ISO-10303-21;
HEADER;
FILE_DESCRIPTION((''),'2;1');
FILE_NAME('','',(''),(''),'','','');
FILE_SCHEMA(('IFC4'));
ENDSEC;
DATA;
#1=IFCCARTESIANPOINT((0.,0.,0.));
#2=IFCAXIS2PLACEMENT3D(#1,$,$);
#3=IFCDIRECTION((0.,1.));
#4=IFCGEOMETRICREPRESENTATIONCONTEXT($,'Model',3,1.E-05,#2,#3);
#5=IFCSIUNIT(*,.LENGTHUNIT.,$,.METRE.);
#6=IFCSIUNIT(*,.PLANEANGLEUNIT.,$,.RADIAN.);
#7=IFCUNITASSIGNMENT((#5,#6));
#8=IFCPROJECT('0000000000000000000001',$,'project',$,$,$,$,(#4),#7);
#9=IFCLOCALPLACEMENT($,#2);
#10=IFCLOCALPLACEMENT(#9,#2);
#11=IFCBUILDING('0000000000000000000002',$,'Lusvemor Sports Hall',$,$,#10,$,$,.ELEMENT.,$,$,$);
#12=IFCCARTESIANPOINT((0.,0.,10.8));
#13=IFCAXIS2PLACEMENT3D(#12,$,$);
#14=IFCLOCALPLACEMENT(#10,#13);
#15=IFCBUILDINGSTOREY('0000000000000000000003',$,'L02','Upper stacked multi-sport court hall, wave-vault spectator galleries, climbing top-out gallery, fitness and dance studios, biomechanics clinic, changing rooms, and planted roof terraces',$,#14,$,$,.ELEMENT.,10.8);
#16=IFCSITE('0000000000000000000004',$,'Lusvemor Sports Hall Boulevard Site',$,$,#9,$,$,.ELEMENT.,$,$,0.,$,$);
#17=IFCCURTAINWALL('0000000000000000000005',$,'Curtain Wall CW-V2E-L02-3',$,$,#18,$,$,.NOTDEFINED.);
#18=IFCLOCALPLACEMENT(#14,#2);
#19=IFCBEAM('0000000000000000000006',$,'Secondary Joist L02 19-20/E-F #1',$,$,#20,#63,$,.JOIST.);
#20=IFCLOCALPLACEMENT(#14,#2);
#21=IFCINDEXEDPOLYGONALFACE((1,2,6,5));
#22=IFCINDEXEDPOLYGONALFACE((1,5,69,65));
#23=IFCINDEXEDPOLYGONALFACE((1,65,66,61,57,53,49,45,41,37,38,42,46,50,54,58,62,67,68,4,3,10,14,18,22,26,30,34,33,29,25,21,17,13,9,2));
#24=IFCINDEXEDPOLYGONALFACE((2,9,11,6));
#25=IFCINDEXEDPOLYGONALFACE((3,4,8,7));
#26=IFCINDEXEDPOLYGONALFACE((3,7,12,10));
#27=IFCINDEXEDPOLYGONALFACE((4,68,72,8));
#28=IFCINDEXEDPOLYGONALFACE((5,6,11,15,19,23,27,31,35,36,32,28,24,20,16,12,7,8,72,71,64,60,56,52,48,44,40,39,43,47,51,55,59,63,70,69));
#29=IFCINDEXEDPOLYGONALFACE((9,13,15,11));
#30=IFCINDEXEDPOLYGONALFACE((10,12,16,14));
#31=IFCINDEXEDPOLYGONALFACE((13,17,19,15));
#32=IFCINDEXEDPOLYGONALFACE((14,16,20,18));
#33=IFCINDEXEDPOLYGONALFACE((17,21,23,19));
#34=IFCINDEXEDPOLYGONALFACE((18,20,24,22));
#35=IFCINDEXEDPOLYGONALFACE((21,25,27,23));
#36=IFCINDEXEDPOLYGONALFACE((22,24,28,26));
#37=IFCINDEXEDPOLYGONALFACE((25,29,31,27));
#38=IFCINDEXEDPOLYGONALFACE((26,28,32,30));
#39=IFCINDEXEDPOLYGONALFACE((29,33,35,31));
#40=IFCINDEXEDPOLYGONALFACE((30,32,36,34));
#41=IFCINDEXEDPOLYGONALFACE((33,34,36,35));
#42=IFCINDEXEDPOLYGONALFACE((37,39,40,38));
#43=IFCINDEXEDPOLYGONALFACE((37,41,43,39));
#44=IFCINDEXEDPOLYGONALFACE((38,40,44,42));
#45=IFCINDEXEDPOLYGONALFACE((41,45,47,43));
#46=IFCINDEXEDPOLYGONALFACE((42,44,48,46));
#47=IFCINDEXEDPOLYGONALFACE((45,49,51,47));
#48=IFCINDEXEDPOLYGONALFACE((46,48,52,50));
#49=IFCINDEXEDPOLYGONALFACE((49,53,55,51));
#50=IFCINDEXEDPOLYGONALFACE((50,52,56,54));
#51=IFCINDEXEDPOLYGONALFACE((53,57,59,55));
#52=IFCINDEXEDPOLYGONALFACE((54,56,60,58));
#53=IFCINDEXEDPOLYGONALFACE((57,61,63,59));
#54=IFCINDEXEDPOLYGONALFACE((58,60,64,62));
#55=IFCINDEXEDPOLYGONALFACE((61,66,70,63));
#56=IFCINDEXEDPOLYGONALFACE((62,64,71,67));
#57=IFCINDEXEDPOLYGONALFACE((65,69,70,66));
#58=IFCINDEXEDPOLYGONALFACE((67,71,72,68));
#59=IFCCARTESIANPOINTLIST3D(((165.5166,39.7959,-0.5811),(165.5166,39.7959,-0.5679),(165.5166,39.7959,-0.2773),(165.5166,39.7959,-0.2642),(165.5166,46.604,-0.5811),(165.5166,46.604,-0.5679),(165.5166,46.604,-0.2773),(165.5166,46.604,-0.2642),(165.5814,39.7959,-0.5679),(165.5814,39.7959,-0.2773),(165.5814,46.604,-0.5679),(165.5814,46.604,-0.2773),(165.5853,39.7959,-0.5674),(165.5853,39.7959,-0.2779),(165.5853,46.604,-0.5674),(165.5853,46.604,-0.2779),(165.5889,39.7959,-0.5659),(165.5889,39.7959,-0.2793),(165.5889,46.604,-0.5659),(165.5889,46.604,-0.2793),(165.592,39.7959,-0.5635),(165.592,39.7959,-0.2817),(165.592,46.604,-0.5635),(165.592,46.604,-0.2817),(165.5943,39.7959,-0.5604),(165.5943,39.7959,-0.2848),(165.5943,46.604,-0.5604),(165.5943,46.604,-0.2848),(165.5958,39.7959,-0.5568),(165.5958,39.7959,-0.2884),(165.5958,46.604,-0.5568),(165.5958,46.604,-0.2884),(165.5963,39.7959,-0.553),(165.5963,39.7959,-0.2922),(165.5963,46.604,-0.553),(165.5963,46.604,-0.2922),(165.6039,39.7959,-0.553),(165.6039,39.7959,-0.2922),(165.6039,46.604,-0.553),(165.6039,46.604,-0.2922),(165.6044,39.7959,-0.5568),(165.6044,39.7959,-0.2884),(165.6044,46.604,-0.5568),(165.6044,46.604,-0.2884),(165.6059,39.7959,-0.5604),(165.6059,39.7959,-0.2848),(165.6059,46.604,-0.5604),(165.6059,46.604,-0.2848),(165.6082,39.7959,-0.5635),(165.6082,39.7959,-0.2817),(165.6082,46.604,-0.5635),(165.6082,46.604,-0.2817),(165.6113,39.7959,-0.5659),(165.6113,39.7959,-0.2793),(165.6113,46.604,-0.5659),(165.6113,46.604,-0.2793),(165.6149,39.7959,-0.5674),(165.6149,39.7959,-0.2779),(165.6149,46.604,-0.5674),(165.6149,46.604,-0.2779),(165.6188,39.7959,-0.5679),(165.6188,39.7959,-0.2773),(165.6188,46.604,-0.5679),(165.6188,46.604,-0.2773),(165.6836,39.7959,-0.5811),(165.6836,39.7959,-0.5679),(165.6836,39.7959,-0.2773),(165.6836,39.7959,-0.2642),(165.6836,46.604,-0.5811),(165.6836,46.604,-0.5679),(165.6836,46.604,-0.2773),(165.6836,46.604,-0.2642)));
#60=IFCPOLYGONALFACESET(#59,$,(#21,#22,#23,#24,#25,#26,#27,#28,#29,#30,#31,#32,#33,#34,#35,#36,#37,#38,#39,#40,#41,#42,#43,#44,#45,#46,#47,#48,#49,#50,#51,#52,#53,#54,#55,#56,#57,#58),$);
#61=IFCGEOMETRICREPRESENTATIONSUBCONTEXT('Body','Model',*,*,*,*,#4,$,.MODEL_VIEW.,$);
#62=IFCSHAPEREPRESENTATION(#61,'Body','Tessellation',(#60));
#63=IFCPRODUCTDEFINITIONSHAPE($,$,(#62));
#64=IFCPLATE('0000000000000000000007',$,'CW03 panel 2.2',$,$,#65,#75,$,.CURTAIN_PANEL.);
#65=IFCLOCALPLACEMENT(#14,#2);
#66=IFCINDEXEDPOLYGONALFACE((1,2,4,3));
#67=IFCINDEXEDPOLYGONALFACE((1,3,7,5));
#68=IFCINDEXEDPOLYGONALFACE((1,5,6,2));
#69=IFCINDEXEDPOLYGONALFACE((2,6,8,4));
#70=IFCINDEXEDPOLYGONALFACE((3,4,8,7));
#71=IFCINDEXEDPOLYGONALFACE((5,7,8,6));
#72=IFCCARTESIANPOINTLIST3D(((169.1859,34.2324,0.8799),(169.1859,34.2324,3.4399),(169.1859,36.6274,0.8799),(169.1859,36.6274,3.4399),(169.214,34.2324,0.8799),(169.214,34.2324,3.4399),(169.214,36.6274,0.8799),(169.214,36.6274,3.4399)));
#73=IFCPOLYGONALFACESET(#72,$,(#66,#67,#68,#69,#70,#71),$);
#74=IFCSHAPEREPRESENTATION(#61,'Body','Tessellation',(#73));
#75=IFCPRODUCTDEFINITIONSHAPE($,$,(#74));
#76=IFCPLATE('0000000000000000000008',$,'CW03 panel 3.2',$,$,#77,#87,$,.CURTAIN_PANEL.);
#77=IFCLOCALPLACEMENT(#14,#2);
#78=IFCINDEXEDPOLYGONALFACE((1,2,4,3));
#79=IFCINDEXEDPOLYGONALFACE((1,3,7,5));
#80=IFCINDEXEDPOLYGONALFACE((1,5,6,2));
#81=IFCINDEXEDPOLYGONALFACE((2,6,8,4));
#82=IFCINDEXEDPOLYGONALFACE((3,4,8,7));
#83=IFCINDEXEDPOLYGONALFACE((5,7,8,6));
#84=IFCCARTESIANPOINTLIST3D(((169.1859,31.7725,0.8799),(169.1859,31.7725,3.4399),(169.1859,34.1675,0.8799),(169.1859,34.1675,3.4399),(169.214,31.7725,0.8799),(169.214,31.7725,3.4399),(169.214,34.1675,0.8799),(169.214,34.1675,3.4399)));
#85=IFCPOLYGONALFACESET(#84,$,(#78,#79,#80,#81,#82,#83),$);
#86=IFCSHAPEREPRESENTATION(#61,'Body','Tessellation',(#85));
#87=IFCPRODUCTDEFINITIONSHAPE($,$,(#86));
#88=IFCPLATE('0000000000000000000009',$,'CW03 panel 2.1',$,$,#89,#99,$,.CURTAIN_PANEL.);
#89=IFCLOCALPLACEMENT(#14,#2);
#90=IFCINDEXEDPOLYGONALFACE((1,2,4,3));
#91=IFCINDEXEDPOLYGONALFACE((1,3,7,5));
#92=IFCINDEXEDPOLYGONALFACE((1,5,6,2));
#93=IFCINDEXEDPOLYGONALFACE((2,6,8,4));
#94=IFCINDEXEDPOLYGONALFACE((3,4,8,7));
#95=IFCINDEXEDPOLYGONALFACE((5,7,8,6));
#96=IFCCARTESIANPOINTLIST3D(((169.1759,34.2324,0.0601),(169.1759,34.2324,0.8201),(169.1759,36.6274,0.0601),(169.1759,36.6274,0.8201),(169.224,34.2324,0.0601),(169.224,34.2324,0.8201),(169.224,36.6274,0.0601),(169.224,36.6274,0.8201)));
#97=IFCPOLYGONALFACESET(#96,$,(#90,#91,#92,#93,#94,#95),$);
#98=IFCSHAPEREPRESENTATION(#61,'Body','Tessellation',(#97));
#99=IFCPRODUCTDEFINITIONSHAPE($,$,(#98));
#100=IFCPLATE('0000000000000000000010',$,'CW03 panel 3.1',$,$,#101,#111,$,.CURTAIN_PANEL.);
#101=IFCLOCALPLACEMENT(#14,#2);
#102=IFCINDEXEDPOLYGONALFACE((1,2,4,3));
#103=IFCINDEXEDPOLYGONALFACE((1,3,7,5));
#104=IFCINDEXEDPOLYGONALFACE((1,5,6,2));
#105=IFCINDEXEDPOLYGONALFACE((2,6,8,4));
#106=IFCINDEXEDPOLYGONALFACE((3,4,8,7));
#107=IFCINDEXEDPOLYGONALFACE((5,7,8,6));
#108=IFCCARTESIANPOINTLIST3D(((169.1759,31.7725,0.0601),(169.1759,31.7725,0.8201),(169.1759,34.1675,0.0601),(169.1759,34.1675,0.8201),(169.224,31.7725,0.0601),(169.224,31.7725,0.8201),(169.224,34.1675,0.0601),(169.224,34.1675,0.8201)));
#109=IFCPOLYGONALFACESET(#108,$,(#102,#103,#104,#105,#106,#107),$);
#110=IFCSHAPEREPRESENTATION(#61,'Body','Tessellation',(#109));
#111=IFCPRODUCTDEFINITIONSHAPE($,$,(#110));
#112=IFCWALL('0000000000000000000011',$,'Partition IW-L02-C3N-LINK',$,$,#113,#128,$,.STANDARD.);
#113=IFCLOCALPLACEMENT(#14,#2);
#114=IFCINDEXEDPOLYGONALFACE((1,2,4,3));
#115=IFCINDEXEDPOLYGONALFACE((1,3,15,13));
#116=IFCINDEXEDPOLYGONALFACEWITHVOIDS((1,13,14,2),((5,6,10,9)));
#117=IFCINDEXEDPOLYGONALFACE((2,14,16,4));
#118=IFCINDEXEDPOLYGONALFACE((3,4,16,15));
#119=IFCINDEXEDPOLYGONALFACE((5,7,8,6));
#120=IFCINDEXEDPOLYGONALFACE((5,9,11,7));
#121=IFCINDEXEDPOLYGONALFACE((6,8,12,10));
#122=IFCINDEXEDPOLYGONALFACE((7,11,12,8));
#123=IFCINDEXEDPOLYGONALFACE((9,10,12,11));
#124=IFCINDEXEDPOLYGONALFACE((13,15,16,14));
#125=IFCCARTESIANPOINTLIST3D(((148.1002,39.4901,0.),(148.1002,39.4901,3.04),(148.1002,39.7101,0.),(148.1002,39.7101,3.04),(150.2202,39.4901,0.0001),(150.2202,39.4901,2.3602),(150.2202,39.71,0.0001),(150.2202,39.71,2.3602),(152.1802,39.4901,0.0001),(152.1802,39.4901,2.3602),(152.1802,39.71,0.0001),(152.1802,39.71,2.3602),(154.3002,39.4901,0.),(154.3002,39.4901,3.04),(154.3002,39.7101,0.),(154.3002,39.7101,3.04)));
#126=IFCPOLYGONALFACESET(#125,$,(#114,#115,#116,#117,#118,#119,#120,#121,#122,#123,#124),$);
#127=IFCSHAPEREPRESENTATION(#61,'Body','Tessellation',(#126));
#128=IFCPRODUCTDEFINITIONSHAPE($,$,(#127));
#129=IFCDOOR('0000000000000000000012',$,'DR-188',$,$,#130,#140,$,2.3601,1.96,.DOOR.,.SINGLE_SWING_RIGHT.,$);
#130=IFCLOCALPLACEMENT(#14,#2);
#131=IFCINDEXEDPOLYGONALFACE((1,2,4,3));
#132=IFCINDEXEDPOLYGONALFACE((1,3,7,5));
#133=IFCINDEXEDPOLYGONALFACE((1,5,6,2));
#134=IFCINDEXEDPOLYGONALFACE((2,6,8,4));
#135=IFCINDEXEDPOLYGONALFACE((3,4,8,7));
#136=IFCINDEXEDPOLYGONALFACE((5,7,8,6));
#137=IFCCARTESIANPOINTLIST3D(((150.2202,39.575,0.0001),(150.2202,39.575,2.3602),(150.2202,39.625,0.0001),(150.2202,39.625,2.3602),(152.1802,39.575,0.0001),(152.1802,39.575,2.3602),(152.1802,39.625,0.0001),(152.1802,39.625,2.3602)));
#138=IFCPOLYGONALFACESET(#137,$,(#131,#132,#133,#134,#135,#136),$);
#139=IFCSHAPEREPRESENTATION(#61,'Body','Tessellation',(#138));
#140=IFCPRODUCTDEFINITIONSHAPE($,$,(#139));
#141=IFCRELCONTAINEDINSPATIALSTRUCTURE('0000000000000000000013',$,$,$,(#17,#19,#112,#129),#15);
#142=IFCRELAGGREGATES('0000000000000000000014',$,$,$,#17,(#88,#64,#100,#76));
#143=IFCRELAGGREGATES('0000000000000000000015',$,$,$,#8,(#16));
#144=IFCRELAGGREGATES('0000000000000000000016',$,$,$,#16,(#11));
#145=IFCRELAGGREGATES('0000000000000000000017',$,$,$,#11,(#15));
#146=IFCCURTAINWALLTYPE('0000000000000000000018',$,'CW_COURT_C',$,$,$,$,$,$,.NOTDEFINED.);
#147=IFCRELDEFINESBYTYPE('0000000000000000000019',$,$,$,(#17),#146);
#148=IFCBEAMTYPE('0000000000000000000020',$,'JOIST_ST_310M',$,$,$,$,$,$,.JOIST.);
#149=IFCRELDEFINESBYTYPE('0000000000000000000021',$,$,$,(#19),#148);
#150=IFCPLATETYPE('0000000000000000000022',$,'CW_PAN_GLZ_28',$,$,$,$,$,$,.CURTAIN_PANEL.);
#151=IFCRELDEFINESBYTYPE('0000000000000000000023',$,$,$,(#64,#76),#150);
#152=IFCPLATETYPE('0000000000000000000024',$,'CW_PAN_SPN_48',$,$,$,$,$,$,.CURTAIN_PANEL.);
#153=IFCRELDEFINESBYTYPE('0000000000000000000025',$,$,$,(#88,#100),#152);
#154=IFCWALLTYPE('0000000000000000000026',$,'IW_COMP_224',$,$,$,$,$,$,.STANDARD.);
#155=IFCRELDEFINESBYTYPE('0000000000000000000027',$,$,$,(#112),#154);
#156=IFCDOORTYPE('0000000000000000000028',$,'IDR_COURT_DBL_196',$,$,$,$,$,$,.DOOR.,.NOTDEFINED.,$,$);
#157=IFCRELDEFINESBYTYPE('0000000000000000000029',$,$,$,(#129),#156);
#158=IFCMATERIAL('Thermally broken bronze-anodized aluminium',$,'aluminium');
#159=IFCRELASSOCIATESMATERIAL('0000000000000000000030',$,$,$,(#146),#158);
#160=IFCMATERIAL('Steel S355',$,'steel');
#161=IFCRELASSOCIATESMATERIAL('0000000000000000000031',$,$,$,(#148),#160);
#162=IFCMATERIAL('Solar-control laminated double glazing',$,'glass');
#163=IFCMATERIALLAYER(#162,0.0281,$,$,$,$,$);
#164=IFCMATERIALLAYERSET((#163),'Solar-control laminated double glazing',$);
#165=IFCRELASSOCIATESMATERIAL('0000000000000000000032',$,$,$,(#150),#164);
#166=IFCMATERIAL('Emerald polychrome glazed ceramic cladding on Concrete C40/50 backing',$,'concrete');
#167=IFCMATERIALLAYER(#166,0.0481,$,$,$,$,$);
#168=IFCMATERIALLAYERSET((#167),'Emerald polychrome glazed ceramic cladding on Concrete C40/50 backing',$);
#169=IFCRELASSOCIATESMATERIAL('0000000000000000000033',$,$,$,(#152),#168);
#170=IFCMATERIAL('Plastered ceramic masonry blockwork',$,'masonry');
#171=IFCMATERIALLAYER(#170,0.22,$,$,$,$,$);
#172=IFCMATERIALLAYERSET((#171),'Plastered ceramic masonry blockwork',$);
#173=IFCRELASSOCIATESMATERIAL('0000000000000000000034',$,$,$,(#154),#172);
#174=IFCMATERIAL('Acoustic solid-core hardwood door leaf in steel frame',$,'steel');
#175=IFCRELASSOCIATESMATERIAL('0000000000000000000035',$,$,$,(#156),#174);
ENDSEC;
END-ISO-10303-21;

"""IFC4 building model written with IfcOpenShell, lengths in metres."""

from ifc_helpers import new_model, si_unit, direction, frame, frame_2d, origin, origin_2d, place, context, subcontext, project, spatial, rectangle, i_section, extrude, material, layer, layer_set, material_profile, profile_set, type_object, element, fill, aggregate, save


model = new_model("IFC4")

# Units and contexts
model_context = context("Model", 3, precision=1e-05, world=origin(), true_north=direction((0.0, 1.0)))
body_context = subcontext(model_context, "Body", "Model", "MODEL_VIEW")
ifc_project = project(units=[si_unit("LENGTHUNIT", "METRE"), si_unit("PLANEANGLEUNIT", "RADIAN")], contexts=[model_context])

# Site, building, storey
site_placement = place(None, origin())
site = spatial("IfcSite", under=ifc_project, at=site_placement, Name="Lusvemor Sports Hall Boulevard Site", CompositionType="ELEMENT", RefElevation=0.0)
building_placement = place(site_placement, origin())
building = spatial("IfcBuilding", under=site, at=building_placement, Name="Lusvemor Sports Hall", CompositionType="ELEMENT")
storey_placement = place(building_placement, frame((0.0, 0.0, 10.8)))
storey = spatial("IfcBuildingStorey", under=building, at=storey_placement, Name="L02", Description="Upper stacked multi-sport court hall, wave-vault spectator galleries, climbing top-out gallery, fitness and dance studios, biomechanics clinic, changing rooms, and planted roof terraces", CompositionType="ELEMENT", Elevation=10.8)

# Curtain wall
ifc_material_1 = material(Name="Thermally broken bronze-anodized aluminium", Category="aluminium")
curtain_wall_type = type_object("IfcCurtainWallType", Name="CW_COURT_C", PredefinedType="NOTDEFINED", material=ifc_material_1)
curtain_wall_placement = place(storey_placement, origin())
curtain_wall = element("IfcCurtainWall", 1, at=curtain_wall_placement, inside=storey, type_object=curtain_wall_type, Name="Curtain Wall CW-V2E-L02-3", PredefinedType="NOTDEFINED")

# Beam
ifc_material_2 = material(Name="Steel S355", Category="steel")
ifc_material_profile_1 = material_profile(ifc_material_2, i_section(OverallWidth=0.167, OverallDepth=0.3169, WebThickness=0.0076, FlangeThickness=0.0132, FilletRadius=0.0149, at=origin_2d()), Name="W310x52.0")
ifc_profile_set_1 = profile_set([ifc_material_profile_1], Name="Steel S355")
beam_type_1 = type_object("IfcBeamType", Name="JOIST_ST_310M", PredefinedType="JOIST", material=ifc_profile_set_1)
for number, where, z_axis, x_axis, name in (
    (2, (165.6001, 39.7959, -0.4226), (0.0, 1.0, 0.0), (-1.0, 0.0, 0.0), "Secondary Joist L02 19-20/E-F #1"),
):
    element("IfcBeam", number, at=place(storey_placement, frame(where, z_axis=z_axis, x_axis=x_axis)), inside=storey, type_object=beam_type_1, Name=name, PredefinedType="JOIST", context=body_context, shape_type="SweptSolid", body=[
        extrude(i_section(OverallWidth=0.167, OverallDepth=0.3169, WebThickness=0.0076, FlangeThickness=0.0132, FilletRadius=0.0149, at=origin_2d()), origin(), (0.0, 0.0, 1.0), 6.8081),
    ])

# Plates
ifc_material_3 = material(Name="Solar-control laminated double glazing", Category="glass")
ifc_layer_1 = layer(ifc_material_3, 0.0281)
ifc_layer_set_1 = layer_set([ifc_layer_1], Name="Solar-control laminated double glazing")
plate_type_1 = type_object("IfcPlateType", Name="CW_PAN_GLZ_28", PredefinedType="CURTAIN_PANEL", material=ifc_layer_set_1)
plate_1_placement = place(storey_placement, frame((169.2, 35.4299, 0.8799), z_axis=(0.0, 0.0, 1.0), x_axis=(0.0, -1.0, 0.0)))
plate_1 = element("IfcPlate", 3, at=plate_1_placement, type_object=plate_type_1, Name="CW03 panel 2.2", PredefinedType="CURTAIN_PANEL", context=body_context, shape_type="SweptSolid", body=[
    extrude(rectangle(XDim=2.395, YDim=0.0281, at=origin_2d()), origin(), (0.0, 0.0, 1.0), 2.5601),
])
plate_2_placement = place(storey_placement, frame((169.2, 32.97, 0.8799), z_axis=(0.0, 0.0, 1.0), x_axis=(0.0, -1.0, 0.0)))
plate_2 = element("IfcPlate", 4, at=plate_2_placement, type_object=plate_type_1, Name="CW03 panel 3.2", PredefinedType="CURTAIN_PANEL", context=body_context, shape_type="SweptSolid", body=[
    extrude(rectangle(XDim=2.395, YDim=0.0281, at=origin_2d()), origin(), (0.0, 0.0, 1.0), 2.5601),
])
ifc_material_4 = material(Name="Emerald polychrome glazed ceramic cladding on Concrete C40/50 backing", Category="concrete")
ifc_layer_2 = layer(ifc_material_4, 0.0481)
ifc_layer_set_2 = layer_set([ifc_layer_2], Name="Emerald polychrome glazed ceramic cladding on Concrete C40/50 backing")
plate_type_2 = type_object("IfcPlateType", Name="CW_PAN_SPN_48", PredefinedType="CURTAIN_PANEL", material=ifc_layer_set_2)
plate_3_placement = place(storey_placement, frame((169.2, 35.4299, 0.0601), z_axis=(0.0, 0.0, 1.0), x_axis=(0.0, -1.0, 0.0)))
plate_3 = element("IfcPlate", 5, at=plate_3_placement, type_object=plate_type_2, Name="CW03 panel 2.1", PredefinedType="CURTAIN_PANEL", context=body_context, shape_type="SweptSolid", body=[
    extrude(rectangle(XDim=2.395, YDim=0.0481, at=origin_2d()), origin(), (0.0, 0.0, 1.0), 0.76),
])
plate_4_placement = place(storey_placement, frame((169.2, 32.97, 0.0601), z_axis=(0.0, 0.0, 1.0), x_axis=(0.0, -1.0, 0.0)))
plate_4 = element("IfcPlate", 6, at=plate_4_placement, type_object=plate_type_2, Name="CW03 panel 3.1", PredefinedType="CURTAIN_PANEL", context=body_context, shape_type="SweptSolid", body=[
    extrude(rectangle(XDim=2.395, YDim=0.0481, at=origin_2d()), origin(), (0.0, 0.0, 1.0), 0.76),
])
aggregate(curtain_wall, [plate_3, plate_1, plate_4, plate_2])

# Wall, opening, door
ifc_material_5 = material(Name="Plastered ceramic masonry blockwork", Category="masonry")
ifc_layer_3 = layer(ifc_material_5, 0.22)
ifc_layer_set_3 = layer_set([ifc_layer_3], Name="Plastered ceramic masonry blockwork")
wall_type = type_object("IfcWallType", Name="IW_COMP_224", PredefinedType="STANDARD", material=ifc_layer_set_3)
wall_placement = place(storey_placement, frame((148.1001, 39.6001, 0.0), z_axis=(0.0, 0.0, 1.0), x_axis=(1.0, 0.0, 0.0)))
wall = element("IfcWall", 7, at=wall_placement, inside=storey, type_object=wall_type, Name="Partition IW-L02-C3N-LINK", PredefinedType="STANDARD", context=body_context, shape_type="SweptSolid", body=[
    extrude(rectangle(XDim=6.2, YDim=0.22, at=frame_2d((3.1001, 0.0))), origin(), (0.0, 0.0, 1.0), 3.04),
])
opening_placement = place(wall_placement, frame((2.1201, 0.0, 0.0)))
opening = element("IfcOpeningElement", 8, at=opening_placement, cuts=wall, PredefinedType="OPENING", context=body_context, shape_type="SweptSolid", body=[
    extrude(rectangle(XDim=1.96, YDim=2.3601, at=frame_2d((0.98, 1.1802))), frame((0.0, 0.1099, 0.0), z_axis=(0.0, -1.0, 0.0), x_axis=(1.0, 0.0, 0.0)), (0.0, 0.0, 1.0), 0.22),
])
ifc_material_6 = material(Name="Acoustic solid-core hardwood door leaf in steel frame", Category="steel")
door_type = type_object("IfcDoorType", Name="IDR_COURT_DBL_196", OperationType="NOTDEFINED", PredefinedType="DOOR", material=ifc_material_6)
door_placement = place(opening_placement, origin())
door = element("IfcDoor", 9, at=door_placement, inside=storey, type_object=door_type, Name="DR-188", OperationType="SINGLE_SWING_RIGHT", OverallHeight=2.3601, OverallWidth=1.96, PredefinedType="DOOR", context=body_context, shape_type="SweptSolid", body=[
    extrude(rectangle(XDim=1.96, YDim=2.3601, at=frame_2d((0.98, 1.1802))), frame((0.0, 0.0249, 0.0), z_axis=(0.0, -1.0, 0.0), x_axis=(1.0, 0.0, 0.0)), (0.0, 0.0, 1.0), 0.05),
])
fill(opening, door)

save(model, "model.ifc")
